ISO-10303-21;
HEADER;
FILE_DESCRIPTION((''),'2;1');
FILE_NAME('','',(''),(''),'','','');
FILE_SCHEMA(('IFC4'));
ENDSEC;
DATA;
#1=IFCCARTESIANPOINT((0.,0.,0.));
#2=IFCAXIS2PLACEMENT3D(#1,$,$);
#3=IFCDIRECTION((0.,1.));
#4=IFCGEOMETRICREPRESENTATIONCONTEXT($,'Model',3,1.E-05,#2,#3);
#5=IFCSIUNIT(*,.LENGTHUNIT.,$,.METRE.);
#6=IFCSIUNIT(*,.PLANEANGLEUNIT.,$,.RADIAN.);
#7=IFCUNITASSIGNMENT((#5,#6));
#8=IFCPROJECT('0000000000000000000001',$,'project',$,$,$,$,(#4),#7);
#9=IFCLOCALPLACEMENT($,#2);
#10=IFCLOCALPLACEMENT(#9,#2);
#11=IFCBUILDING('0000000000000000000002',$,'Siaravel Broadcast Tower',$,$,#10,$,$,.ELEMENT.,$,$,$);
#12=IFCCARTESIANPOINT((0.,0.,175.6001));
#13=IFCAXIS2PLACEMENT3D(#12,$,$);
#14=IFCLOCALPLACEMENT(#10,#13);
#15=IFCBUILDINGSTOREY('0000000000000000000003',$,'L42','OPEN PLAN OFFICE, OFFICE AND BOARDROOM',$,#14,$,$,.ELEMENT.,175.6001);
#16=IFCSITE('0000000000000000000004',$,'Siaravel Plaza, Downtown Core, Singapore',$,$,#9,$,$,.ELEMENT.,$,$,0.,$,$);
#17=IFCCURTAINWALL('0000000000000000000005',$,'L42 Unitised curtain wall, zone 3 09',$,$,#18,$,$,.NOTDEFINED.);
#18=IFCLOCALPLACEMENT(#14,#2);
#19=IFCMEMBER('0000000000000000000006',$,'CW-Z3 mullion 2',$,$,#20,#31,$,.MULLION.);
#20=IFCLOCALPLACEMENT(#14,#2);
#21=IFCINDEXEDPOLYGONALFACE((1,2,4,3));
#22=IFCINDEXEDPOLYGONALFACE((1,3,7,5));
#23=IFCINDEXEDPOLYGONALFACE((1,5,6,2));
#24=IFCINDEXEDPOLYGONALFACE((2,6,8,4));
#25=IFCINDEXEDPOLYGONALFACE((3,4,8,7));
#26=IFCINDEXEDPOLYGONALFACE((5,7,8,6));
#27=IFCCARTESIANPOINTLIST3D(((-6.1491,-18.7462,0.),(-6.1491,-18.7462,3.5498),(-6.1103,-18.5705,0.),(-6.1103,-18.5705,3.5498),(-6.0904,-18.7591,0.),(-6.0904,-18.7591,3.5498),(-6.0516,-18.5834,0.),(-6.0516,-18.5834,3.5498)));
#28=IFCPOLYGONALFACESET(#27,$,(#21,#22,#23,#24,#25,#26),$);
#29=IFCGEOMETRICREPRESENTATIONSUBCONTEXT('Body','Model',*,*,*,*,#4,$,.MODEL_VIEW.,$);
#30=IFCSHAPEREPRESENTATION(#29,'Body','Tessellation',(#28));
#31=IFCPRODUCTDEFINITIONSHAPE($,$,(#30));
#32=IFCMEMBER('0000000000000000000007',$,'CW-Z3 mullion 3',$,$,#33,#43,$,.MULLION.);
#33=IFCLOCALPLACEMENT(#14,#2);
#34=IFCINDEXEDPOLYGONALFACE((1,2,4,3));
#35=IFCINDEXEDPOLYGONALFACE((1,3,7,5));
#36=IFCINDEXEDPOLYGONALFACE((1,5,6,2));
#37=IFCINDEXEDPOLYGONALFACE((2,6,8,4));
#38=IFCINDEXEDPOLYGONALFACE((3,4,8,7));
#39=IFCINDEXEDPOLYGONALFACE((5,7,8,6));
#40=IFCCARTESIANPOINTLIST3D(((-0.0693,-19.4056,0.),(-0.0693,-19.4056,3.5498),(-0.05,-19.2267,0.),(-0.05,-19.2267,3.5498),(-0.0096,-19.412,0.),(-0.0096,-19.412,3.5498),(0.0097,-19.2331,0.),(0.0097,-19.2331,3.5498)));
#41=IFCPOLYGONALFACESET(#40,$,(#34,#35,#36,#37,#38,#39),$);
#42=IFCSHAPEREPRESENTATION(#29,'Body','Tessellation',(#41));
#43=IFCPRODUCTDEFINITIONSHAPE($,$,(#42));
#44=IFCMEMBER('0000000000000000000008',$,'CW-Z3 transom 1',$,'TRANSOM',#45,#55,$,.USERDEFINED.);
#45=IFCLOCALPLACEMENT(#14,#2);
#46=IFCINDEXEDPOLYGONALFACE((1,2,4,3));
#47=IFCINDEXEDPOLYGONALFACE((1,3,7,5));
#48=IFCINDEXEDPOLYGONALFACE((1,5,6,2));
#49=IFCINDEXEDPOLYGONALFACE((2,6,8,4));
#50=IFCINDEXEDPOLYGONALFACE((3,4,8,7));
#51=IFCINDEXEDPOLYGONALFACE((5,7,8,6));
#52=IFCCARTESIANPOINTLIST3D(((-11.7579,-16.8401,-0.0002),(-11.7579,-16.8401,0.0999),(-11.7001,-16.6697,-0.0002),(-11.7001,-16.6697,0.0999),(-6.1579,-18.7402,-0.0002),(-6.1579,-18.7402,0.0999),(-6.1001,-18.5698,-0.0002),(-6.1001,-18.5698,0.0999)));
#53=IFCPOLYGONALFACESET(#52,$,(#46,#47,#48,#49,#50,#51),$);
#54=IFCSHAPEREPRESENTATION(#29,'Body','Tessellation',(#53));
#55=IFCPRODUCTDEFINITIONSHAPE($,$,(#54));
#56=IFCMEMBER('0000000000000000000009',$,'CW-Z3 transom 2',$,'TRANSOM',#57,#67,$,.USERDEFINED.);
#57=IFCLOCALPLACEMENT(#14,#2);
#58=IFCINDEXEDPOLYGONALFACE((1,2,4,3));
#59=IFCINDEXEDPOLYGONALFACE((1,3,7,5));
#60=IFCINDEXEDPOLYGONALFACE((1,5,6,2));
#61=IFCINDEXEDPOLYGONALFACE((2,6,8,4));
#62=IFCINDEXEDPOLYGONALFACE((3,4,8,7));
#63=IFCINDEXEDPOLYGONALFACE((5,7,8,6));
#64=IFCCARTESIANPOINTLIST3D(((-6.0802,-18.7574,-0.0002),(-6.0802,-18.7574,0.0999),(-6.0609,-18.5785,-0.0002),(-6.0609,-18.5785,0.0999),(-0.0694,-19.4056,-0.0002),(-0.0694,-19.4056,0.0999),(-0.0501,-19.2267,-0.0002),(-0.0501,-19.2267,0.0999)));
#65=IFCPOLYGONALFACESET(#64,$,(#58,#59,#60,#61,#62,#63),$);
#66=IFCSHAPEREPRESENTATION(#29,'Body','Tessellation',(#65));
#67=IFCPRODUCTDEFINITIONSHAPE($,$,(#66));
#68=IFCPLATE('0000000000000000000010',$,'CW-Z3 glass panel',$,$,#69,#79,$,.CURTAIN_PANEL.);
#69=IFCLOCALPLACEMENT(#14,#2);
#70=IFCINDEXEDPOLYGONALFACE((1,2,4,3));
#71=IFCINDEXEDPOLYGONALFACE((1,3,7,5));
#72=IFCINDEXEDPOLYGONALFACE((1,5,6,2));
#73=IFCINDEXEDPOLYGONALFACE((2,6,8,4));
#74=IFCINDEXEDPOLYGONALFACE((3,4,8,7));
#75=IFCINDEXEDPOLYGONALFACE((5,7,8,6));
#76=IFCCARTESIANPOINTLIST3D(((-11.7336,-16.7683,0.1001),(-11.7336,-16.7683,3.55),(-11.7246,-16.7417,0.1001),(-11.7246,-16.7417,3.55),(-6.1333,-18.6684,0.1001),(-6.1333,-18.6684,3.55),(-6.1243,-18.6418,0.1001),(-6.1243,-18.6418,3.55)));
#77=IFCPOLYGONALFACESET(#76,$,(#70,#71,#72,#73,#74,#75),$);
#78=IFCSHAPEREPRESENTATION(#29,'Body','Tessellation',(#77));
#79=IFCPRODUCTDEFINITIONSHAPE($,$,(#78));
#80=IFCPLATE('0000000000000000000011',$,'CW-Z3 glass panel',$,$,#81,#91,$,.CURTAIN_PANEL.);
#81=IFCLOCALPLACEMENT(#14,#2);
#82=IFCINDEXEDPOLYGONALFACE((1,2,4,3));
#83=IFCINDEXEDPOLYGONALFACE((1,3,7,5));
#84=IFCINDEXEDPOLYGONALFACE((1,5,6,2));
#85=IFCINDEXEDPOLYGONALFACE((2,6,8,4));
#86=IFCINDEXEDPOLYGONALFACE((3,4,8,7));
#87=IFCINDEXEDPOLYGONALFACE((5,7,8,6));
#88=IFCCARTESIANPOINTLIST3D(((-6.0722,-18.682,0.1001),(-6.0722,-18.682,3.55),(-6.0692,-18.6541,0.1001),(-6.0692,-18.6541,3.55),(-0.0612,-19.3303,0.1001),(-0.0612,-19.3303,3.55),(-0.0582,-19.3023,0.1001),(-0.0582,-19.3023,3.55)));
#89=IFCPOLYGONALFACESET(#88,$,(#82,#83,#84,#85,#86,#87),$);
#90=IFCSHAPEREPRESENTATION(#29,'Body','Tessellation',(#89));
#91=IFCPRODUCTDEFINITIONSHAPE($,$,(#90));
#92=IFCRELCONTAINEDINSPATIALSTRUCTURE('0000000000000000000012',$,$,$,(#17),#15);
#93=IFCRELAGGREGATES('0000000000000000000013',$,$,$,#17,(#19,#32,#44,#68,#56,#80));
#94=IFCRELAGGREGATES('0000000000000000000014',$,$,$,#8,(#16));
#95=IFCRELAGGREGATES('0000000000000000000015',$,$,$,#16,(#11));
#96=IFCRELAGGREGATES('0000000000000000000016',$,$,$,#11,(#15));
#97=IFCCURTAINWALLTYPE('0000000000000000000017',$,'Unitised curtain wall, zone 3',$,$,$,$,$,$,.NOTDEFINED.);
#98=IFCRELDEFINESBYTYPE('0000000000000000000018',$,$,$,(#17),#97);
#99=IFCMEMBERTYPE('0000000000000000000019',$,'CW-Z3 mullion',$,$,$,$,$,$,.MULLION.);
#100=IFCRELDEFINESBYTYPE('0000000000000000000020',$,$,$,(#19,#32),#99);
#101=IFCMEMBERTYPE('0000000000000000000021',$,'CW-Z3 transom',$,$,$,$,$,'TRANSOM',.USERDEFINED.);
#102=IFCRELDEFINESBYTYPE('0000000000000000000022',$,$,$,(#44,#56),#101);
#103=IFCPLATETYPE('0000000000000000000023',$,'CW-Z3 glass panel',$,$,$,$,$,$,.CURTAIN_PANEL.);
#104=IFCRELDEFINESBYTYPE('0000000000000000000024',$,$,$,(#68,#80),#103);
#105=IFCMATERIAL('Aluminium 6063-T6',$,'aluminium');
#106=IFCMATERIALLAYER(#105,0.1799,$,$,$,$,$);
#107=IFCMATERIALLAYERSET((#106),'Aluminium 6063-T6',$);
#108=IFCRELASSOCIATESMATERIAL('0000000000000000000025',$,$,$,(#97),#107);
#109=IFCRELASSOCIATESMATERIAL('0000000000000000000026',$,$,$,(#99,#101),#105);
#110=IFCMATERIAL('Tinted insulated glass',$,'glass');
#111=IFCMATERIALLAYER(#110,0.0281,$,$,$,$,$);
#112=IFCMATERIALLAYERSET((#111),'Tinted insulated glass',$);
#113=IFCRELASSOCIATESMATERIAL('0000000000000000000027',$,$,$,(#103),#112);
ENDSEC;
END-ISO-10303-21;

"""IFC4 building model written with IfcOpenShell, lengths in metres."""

from ifc_helpers import new_model, si_unit, direction, frame, origin, origin_2d, place, context, subcontext, project, spatial, rectangle, extrude, material, layer, layer_set, material_profile, profile_set, type_object, element, aggregate, save


model = new_model("IFC4")

# Units and contexts
model_context = context("Model", 3, precision=1e-05, world=origin(), true_north=direction((0.0, 1.0)))
body_context = subcontext(model_context, "Body", "Model", "MODEL_VIEW")
ifc_project = project(units=[si_unit("LENGTHUNIT", "METRE"), si_unit("PLANEANGLEUNIT", "RADIAN")], contexts=[model_context])

# Site, building, storey
site_placement = place(None, origin())
site = spatial("IfcSite", under=ifc_project, at=site_placement, Name="Siaravel Plaza, Downtown Core, Singapore", CompositionType="ELEMENT", RefElevation=0.0)
building_placement = place(site_placement, origin())
building = spatial("IfcBuilding", under=site, at=building_placement, Name="Siaravel Broadcast Tower", CompositionType="ELEMENT")
storey_placement = place(building_placement, frame((0.0, 0.0, 175.6001)))
storey = spatial("IfcBuildingStorey", under=building, at=storey_placement, Name="L42", Description="OPEN PLAN OFFICE, OFFICE AND BOARDROOM", CompositionType="ELEMENT", Elevation=175.6001)

# Curtain wall, members, plates
ifc_material_1 = material(Name="Aluminium 6063-T6", Category="aluminium")
ifc_layer_1 = layer(ifc_material_1, 0.1799)
ifc_layer_set_1 = layer_set([ifc_layer_1], Name="Aluminium 6063-T6")
curtain_wall_type = type_object("IfcCurtainWallType", Name="Unitised curtain wall, zone 3", PredefinedType="NOTDEFINED", material=ifc_layer_set_1)
curtain_wall_placement = place(storey_placement, origin())
curtain_wall = element("IfcCurtainWall", 1, at=curtain_wall_placement, inside=storey, type_object=curtain_wall_type, Name="L42 Unitised curtain wall, zone 3 09", PredefinedType="NOTDEFINED")
ifc_material_profile_1 = material_profile(ifc_material_1, rectangle(XDim=0.1799, YDim=0.0601, at=origin_2d()))
ifc_profile_set_1 = profile_set([ifc_material_profile_1], Name="Aluminium 6063-T6")
member_type_1 = type_object("IfcMemberType", Name="CW-Z3 mullion", PredefinedType="MULLION", material=ifc_profile_set_1)
member_1_placement = place(storey_placement, frame((-6.1003, -18.6648, 0.0), z_axis=(0.0, 0.0, 1.0), x_axis=(0.215558, 0.976491, 0.0)))
member_1 = element("IfcMember", 2, at=member_1_placement, type_object=member_type_1, Name="CW-Z3 mullion 2", PredefinedType="MULLION", context=body_context, shape_type="SweptSolid", body=[
    extrude(rectangle(XDim=0.1799, YDim=0.0601, at=origin_2d()), origin(), (0.0, 0.0, 1.0), 3.5498),
])
member_2_placement = place(storey_placement, frame((-0.0298, -19.3193, 0.0), z_axis=(0.0, 0.0, 1.0), x_axis=(0.107217, 0.994236, 0.0)))
member_2 = element("IfcMember", 3, at=member_2_placement, type_object=member_type_1, Name="CW-Z3 mullion 3", PredefinedType="MULLION", context=body_context, shape_type="SweptSolid", body=[
    extrude(rectangle(XDim=0.1799, YDim=0.0601, at=origin_2d()), origin(), (0.0, 0.0, 1.0), 3.5498),
])
ifc_material_profile_2 = material_profile(ifc_material_1, rectangle(XDim=0.1799, YDim=0.1001, at=origin_2d()))
ifc_profile_set_2 = profile_set([ifc_material_profile_2], Name="Aluminium 6063-T6")
member_type_2 = type_object("IfcMemberType", Name="CW-Z3 transom", ElementType="TRANSOM", PredefinedType="USERDEFINED", material=ifc_profile_set_2)
member_3_placement = place(storey_placement, frame((-11.729, -16.7549, 0.0498), z_axis=(0.946973, -0.321314, 0.0), x_axis=(0.321314, 0.946973, 0.0)))
member_3 = element("IfcMember", 4, at=member_3_placement, type_object=member_type_2, Name="CW-Z3 transom 1", ObjectType="TRANSOM", PredefinedType="USERDEFINED", context=body_context, shape_type="SweptSolid", body=[
    extrude(rectangle(XDim=0.1799, YDim=0.1001, at=origin_2d()), origin(), (0.0, 0.0, 1.0), 5.9136),
])
member_4_placement = place(storey_placement, frame((-6.0706, -18.668, 0.0498), z_axis=(0.994236, -0.107218, 0.0), x_axis=(0.107218, 0.994236, 0.0)))
member_4 = element("IfcMember", 5, at=member_4_placement, type_object=member_type_2, Name="CW-Z3 transom 2", ObjectType="TRANSOM", PredefinedType="USERDEFINED", context=body_context, shape_type="SweptSolid", body=[
    extrude(rectangle(XDim=0.1799, YDim=0.1001, at=origin_2d()), origin(), (0.0, 0.0, 1.0), 6.0457),
])
ifc_material_2 = material(Name="Tinted insulated glass", Category="glass")
ifc_layer_2 = layer(ifc_material_2, 0.0281)
ifc_layer_set_2 = layer_set([ifc_layer_2], Name="Tinted insulated glass")
plate_type = type_object("IfcPlateType", Name="CW-Z3 glass panel", PredefinedType="CURTAIN_PANEL", material=ifc_layer_set_2)
plate_1_placement = place(storey_placement, frame((-8.929, -17.7051, 0.1001), z_axis=(0.0, 0.0, 1.0), x_axis=(0.946977, -0.3213, 0.0)))
plate_1 = element("IfcPlate", 6, at=plate_1_placement, type_object=plate_type, Name="CW-Z3 glass panel", PredefinedType="CURTAIN_PANEL", context=body_context, shape_type="SweptSolid", body=[
    extrude(rectangle(XDim=5.9138, YDim=0.0281, at=origin_2d()), origin(), (0.0, 0.0, 1.0), 3.45),
])
plate_2_placement = place(storey_placement, frame((-3.0652, -18.9922, 0.1001), z_axis=(0.0, 0.0, 1.0), x_axis=(0.994236, -0.107217, 0.0)))
plate_2 = element("IfcPlate", 7, at=plate_2_placement, type_object=plate_type, Name="CW-Z3 glass panel", PredefinedType="CURTAIN_PANEL", context=body_context, shape_type="SweptSolid", body=[
    extrude(rectangle(XDim=6.0459, YDim=0.0281, at=origin_2d()), origin(), (0.0, 0.0, 1.0), 3.45),
])
aggregate(curtain_wall, [member_1, member_2, member_3, plate_1, member_4, plate_2])

save(model, "model.ifc")
